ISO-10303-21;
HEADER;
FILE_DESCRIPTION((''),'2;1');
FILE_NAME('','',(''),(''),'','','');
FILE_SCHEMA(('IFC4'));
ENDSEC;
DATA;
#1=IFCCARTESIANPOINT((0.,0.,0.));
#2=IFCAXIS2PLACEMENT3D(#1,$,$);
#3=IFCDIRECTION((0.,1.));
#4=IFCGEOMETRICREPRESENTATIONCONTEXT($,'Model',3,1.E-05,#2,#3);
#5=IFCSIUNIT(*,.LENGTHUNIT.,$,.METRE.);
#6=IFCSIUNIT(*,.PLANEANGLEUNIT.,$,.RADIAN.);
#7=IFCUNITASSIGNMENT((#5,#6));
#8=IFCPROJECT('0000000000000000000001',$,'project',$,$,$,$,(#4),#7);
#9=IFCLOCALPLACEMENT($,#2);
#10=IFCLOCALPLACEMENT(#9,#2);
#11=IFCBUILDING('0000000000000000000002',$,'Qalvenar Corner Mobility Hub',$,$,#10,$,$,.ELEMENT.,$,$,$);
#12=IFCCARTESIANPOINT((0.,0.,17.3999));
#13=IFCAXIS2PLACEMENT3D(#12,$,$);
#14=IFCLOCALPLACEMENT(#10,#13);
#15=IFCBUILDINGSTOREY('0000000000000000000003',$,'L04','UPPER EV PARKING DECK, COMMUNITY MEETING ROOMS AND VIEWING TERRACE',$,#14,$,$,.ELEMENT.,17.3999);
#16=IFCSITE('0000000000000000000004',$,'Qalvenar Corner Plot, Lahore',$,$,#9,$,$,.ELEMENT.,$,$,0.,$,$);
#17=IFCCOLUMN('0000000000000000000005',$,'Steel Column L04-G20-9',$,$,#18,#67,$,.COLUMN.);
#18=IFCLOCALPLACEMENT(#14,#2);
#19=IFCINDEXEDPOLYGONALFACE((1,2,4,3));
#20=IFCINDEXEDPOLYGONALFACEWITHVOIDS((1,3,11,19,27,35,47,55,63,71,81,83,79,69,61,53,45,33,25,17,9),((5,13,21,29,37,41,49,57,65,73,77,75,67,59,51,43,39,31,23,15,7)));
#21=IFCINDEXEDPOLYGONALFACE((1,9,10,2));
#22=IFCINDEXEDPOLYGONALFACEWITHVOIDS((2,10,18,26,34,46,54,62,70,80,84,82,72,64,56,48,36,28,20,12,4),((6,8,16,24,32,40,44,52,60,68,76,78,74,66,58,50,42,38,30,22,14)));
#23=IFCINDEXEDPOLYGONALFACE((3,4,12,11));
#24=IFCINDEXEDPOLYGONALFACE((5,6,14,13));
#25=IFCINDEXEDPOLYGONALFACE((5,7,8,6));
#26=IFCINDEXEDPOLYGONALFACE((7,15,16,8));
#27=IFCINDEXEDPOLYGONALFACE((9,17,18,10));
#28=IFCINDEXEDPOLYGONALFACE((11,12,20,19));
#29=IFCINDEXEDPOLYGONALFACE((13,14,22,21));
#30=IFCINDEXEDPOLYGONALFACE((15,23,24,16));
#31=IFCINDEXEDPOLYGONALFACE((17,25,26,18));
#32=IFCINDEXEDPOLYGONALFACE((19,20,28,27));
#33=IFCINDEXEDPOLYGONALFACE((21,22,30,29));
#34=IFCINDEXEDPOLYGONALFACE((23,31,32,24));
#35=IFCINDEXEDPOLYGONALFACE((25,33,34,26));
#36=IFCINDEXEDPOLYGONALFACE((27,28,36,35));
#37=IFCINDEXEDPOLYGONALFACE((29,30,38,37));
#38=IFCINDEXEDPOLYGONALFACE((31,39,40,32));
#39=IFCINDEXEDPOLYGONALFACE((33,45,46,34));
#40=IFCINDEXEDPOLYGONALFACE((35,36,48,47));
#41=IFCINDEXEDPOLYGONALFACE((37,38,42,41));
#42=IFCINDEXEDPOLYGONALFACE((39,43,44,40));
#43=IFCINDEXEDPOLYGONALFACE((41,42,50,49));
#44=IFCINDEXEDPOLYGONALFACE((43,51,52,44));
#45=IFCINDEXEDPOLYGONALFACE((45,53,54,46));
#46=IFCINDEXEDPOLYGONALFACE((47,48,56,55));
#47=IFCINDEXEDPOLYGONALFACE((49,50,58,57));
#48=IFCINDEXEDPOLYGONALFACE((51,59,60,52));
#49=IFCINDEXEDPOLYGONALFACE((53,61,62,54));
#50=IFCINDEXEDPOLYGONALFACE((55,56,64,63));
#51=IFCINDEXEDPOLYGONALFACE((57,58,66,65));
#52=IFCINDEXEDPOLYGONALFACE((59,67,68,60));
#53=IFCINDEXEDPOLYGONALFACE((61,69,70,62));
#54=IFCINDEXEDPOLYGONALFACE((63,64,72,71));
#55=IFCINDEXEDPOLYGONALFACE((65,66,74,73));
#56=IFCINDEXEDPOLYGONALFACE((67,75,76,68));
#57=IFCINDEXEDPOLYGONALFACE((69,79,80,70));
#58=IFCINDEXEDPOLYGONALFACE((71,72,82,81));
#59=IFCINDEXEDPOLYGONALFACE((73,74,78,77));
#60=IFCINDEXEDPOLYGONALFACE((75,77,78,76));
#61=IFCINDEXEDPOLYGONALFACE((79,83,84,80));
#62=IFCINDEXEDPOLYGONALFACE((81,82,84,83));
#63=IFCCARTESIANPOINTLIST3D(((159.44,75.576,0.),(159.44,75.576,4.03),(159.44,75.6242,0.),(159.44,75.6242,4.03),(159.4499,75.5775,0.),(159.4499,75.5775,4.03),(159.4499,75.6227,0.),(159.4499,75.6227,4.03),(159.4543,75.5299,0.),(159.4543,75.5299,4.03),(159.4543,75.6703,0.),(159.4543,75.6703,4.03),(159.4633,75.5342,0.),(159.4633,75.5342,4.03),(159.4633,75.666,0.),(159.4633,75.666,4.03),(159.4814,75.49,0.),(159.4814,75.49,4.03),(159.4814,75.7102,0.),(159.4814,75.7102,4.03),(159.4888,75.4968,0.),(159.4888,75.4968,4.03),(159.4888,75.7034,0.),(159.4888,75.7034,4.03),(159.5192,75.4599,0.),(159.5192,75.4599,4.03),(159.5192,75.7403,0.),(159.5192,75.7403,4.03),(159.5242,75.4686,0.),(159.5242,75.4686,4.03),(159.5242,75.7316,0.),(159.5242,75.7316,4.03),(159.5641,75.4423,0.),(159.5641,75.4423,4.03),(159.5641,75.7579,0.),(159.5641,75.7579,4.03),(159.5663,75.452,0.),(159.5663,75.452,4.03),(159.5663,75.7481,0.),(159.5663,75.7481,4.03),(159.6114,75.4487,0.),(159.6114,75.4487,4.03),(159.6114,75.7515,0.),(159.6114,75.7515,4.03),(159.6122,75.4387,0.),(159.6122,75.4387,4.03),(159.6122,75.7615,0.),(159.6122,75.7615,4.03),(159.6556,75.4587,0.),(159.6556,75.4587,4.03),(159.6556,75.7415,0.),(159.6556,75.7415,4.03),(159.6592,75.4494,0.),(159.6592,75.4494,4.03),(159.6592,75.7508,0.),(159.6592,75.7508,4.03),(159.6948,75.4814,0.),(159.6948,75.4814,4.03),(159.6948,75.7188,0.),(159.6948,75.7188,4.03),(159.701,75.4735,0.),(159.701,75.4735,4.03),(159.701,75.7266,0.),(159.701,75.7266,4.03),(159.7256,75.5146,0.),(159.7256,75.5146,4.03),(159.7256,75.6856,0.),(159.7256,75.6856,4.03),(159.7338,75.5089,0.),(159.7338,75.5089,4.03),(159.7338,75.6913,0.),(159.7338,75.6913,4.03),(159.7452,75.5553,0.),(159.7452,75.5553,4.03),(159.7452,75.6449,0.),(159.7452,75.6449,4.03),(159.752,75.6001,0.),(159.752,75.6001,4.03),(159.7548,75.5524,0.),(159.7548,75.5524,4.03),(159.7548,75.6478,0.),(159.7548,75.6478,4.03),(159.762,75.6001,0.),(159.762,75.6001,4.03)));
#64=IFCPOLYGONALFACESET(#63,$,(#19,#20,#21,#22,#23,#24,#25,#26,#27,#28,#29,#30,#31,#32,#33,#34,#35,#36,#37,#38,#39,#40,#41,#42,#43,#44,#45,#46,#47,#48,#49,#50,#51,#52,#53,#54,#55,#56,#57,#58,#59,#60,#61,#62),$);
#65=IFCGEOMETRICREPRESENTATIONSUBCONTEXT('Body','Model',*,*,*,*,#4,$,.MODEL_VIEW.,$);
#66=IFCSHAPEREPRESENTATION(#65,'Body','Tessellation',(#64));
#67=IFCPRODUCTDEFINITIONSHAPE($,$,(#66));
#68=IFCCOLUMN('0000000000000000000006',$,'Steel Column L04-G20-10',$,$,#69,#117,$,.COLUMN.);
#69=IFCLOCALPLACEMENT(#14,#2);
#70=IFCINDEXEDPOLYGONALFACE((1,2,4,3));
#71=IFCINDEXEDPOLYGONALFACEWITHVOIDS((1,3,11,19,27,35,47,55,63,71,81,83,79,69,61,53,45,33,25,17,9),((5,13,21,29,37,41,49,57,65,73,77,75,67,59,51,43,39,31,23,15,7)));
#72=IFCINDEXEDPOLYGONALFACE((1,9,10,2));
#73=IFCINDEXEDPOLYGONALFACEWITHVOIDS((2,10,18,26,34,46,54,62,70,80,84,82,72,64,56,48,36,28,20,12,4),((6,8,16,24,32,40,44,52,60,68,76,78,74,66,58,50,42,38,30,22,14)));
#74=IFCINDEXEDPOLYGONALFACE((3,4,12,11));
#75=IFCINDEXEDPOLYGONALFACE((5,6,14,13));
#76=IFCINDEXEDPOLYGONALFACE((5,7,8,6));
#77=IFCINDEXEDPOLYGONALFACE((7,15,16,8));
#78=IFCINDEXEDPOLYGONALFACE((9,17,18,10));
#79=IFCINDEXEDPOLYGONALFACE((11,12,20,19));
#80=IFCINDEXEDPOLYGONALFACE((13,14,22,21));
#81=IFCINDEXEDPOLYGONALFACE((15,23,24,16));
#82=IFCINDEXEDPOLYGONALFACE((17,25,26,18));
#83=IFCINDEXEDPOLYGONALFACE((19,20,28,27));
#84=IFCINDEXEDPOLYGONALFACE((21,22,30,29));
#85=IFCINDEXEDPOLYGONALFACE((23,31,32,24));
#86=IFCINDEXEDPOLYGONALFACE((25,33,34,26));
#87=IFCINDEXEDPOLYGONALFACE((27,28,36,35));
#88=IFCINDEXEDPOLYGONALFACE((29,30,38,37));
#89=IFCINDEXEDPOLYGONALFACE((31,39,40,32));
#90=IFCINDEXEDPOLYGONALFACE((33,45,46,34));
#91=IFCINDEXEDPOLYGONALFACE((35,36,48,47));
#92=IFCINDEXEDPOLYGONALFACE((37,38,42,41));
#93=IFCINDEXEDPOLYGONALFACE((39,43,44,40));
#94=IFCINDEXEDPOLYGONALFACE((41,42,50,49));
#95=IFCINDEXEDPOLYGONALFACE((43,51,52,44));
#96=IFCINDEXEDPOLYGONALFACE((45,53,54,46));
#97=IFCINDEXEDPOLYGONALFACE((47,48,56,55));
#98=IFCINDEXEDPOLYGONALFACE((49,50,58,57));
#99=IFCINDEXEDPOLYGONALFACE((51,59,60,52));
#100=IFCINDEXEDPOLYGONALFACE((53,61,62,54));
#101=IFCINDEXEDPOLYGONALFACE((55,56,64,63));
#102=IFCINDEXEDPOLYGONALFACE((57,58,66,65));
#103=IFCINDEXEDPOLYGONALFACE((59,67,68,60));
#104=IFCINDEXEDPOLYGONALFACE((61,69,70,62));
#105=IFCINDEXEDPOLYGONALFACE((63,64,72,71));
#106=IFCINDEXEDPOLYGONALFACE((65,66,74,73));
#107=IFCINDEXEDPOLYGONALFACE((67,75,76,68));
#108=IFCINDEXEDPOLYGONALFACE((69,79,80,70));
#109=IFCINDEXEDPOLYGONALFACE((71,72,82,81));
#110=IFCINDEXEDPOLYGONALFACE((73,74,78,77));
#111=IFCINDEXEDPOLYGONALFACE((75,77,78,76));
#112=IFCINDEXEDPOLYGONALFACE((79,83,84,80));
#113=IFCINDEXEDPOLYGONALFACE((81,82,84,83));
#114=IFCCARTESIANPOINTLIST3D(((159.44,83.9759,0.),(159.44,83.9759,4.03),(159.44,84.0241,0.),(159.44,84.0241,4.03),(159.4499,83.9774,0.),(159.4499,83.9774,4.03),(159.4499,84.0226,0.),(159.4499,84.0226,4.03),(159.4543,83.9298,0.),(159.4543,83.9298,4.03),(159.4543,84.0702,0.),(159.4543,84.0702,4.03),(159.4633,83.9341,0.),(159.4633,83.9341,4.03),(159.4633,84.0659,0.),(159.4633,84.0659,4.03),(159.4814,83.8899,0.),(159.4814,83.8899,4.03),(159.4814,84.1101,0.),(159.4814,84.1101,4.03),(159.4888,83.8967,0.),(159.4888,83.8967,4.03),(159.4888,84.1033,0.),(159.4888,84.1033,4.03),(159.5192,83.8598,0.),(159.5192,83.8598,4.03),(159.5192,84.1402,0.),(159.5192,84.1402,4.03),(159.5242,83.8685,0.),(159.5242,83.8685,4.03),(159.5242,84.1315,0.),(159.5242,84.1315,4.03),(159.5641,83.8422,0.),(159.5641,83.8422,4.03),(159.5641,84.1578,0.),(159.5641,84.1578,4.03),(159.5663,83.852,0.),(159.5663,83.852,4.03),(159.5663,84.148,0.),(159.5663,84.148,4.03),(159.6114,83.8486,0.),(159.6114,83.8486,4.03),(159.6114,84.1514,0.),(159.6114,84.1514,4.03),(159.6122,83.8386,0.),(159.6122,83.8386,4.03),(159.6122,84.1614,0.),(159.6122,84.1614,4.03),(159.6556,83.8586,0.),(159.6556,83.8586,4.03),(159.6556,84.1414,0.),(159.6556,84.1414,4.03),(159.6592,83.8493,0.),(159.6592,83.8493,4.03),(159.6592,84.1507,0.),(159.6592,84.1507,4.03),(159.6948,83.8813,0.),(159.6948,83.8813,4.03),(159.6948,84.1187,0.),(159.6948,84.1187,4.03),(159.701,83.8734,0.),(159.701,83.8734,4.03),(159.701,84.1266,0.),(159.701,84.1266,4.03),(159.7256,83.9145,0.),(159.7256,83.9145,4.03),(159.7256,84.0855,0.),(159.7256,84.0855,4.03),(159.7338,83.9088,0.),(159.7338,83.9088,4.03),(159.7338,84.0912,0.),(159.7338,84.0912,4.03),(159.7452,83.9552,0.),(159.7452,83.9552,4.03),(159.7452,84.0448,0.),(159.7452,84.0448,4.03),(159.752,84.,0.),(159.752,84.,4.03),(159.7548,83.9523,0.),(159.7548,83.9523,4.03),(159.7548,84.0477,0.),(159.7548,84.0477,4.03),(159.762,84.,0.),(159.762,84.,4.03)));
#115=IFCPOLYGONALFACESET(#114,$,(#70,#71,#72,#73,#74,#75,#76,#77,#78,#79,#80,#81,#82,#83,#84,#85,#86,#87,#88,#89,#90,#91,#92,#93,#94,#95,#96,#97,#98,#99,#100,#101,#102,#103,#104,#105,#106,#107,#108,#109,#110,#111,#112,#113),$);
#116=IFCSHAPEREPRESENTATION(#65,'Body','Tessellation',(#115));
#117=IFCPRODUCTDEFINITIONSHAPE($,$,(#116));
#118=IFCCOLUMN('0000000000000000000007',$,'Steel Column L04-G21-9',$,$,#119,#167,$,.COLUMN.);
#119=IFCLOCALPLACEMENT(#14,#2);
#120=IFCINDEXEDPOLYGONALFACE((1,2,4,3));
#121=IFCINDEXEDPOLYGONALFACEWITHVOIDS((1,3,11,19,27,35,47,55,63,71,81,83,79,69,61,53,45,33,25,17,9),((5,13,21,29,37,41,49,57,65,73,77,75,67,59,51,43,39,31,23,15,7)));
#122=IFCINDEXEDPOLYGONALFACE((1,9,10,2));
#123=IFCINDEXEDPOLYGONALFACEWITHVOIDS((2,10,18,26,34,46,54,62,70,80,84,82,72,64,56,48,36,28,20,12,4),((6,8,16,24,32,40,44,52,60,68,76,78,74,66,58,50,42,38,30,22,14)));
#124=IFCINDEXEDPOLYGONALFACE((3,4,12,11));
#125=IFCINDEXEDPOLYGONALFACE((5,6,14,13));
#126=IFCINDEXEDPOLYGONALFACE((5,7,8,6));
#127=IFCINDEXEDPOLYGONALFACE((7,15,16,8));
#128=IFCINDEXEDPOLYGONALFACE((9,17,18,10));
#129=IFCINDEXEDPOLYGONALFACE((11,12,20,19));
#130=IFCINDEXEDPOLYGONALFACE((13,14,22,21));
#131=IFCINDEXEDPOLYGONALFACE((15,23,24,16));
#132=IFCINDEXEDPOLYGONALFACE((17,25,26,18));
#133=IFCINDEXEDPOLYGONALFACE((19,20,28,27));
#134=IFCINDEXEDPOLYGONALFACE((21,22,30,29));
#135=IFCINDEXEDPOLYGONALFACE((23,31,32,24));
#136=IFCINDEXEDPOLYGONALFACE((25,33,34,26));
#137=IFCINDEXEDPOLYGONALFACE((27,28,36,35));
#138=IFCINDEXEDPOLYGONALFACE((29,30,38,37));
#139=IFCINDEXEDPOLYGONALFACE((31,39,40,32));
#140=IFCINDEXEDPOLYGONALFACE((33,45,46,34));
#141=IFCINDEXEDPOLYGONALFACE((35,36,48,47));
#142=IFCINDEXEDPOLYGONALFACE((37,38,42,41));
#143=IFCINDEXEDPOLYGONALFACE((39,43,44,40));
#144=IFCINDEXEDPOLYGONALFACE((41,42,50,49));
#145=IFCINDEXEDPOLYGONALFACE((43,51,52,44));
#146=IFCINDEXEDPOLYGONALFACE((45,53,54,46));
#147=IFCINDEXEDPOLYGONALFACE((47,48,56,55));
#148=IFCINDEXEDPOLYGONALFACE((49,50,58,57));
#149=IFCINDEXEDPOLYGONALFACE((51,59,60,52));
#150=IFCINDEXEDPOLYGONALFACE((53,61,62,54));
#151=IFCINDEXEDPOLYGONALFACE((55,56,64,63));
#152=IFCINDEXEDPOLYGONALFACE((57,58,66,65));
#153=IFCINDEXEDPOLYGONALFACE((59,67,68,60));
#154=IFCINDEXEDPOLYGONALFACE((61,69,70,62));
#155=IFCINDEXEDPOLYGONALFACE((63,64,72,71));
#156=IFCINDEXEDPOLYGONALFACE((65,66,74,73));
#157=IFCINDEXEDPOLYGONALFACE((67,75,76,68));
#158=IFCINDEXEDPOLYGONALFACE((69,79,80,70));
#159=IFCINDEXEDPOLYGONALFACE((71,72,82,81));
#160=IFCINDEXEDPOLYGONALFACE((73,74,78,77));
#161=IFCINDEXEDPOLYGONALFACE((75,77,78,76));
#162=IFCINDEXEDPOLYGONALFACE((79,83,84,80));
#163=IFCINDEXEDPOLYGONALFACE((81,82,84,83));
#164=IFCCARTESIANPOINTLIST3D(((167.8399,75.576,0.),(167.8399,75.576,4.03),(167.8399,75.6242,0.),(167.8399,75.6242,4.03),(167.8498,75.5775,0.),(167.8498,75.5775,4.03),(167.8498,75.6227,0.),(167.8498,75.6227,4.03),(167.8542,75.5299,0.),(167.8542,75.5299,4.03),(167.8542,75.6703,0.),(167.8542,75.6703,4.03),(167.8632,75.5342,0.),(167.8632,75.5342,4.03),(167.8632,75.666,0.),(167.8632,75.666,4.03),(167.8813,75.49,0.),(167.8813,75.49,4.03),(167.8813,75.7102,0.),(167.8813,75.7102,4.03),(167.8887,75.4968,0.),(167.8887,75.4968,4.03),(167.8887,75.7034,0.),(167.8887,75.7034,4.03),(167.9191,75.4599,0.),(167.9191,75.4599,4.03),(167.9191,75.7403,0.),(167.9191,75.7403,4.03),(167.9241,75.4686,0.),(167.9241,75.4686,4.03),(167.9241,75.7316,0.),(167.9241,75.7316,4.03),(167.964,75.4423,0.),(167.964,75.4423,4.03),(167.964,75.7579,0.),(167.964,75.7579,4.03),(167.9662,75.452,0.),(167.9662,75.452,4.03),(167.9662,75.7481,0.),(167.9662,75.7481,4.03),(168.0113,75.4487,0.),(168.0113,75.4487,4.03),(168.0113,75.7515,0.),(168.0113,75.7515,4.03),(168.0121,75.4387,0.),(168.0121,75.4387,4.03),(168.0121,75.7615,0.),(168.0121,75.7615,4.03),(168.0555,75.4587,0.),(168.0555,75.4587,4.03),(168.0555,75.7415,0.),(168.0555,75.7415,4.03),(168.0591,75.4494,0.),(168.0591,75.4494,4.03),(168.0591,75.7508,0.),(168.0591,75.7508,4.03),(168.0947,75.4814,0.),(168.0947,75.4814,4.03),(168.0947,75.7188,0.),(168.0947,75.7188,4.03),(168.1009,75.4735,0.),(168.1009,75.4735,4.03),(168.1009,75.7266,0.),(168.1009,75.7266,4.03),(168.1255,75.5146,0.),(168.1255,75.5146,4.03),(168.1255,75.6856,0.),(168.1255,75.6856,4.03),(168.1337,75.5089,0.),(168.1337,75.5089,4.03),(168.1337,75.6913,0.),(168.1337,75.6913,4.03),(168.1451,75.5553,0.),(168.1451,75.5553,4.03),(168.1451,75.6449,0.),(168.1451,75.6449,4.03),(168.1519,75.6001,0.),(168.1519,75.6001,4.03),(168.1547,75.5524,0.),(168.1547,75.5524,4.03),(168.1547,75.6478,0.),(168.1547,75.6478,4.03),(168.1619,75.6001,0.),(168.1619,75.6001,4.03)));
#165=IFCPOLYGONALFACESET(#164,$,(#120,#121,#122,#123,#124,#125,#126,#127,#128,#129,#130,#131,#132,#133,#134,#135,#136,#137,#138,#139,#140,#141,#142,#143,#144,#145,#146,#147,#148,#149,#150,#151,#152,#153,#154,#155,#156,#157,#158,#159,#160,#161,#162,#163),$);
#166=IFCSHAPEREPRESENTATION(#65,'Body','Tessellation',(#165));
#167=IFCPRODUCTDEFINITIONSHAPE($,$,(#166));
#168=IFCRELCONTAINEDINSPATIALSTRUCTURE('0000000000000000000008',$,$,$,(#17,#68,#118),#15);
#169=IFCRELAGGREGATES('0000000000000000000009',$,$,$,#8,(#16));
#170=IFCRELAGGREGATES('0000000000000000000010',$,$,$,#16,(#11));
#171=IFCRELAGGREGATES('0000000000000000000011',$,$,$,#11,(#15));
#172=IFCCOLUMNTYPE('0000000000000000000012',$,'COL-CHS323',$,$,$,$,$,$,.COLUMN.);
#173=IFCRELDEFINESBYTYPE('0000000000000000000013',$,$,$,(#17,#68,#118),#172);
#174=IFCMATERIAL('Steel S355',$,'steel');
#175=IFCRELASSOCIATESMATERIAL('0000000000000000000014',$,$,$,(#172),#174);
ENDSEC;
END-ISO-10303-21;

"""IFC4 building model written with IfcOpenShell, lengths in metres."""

from ifc_helpers import new_model, si_unit, direction, frame, origin, origin_2d, place, context, subcontext, project, spatial, hollow_circle, extrude, material, material_profile, profile_set, type_object, element, save


model = new_model("IFC4")

# Units and contexts
model_context = context("Model", 3, precision=1e-05, world=origin(), true_north=direction((0.0, 1.0)))
body_context = subcontext(model_context, "Body", "Model", "MODEL_VIEW")
ifc_project = project(units=[si_unit("LENGTHUNIT", "METRE"), si_unit("PLANEANGLEUNIT", "RADIAN")], contexts=[model_context])

# Site, building, storey
site_placement = place(None, origin())
site = spatial("IfcSite", under=ifc_project, at=site_placement, Name="Qalvenar Corner Plot, Lahore", CompositionType="ELEMENT", RefElevation=0.0)
building_placement = place(site_placement, origin())
building = spatial("IfcBuilding", under=site, at=building_placement, Name="Qalvenar Corner Mobility Hub", CompositionType="ELEMENT")
storey_placement = place(building_placement, frame((0.0, 0.0, 17.3999)))
storey = spatial("IfcBuildingStorey", under=building, at=storey_placement, Name="L04", Description="UPPER EV PARKING DECK, COMMUNITY MEETING ROOMS AND VIEWING TERRACE", CompositionType="ELEMENT", Elevation=17.3999)

# Columns
ifc_material_1 = material(Name="Steel S355", Category="steel")
ifc_material_profile_1 = material_profile(ifc_material_1, hollow_circle(Radius=0.1619, WallThickness=0.01, at=origin_2d()), Name="CHS323.9x10")
ifc_profile_set_1 = profile_set([ifc_material_profile_1], Name="Steel S355")
column_type = type_object("IfcColumnType", Name="COL-CHS323", PredefinedType="COLUMN", material=ifc_profile_set_1)
for number, where, z_axis, x_axis, name in (
    (1, (159.6001, 75.6001, 0.0), (0.0, 0.0, 1.0), (1.0, 0.0, 0.0), "Steel Column L04-G20-9"),
    (2, (159.6001, 84.0, 0.0), (0.0, 0.0, 1.0), (1.0, 0.0, 0.0), "Steel Column L04-G20-10"),
    (3, (168.0, 75.6001, 0.0), (0.0, 0.0, 1.0), (1.0, 0.0, 0.0), "Steel Column L04-G21-9"),
):
    element("IfcColumn", number, at=place(storey_placement, frame(where, z_axis=z_axis, x_axis=x_axis)), inside=storey, type_object=column_type, Name=name, PredefinedType="COLUMN", context=body_context, shape_type="SweptSolid", body=[
        extrude(hollow_circle(Radius=0.1619, WallThickness=0.01, at=origin_2d()), origin(), (0.0, 0.0, 1.0), 4.03),
    ])

save(model, "model.ifc")
